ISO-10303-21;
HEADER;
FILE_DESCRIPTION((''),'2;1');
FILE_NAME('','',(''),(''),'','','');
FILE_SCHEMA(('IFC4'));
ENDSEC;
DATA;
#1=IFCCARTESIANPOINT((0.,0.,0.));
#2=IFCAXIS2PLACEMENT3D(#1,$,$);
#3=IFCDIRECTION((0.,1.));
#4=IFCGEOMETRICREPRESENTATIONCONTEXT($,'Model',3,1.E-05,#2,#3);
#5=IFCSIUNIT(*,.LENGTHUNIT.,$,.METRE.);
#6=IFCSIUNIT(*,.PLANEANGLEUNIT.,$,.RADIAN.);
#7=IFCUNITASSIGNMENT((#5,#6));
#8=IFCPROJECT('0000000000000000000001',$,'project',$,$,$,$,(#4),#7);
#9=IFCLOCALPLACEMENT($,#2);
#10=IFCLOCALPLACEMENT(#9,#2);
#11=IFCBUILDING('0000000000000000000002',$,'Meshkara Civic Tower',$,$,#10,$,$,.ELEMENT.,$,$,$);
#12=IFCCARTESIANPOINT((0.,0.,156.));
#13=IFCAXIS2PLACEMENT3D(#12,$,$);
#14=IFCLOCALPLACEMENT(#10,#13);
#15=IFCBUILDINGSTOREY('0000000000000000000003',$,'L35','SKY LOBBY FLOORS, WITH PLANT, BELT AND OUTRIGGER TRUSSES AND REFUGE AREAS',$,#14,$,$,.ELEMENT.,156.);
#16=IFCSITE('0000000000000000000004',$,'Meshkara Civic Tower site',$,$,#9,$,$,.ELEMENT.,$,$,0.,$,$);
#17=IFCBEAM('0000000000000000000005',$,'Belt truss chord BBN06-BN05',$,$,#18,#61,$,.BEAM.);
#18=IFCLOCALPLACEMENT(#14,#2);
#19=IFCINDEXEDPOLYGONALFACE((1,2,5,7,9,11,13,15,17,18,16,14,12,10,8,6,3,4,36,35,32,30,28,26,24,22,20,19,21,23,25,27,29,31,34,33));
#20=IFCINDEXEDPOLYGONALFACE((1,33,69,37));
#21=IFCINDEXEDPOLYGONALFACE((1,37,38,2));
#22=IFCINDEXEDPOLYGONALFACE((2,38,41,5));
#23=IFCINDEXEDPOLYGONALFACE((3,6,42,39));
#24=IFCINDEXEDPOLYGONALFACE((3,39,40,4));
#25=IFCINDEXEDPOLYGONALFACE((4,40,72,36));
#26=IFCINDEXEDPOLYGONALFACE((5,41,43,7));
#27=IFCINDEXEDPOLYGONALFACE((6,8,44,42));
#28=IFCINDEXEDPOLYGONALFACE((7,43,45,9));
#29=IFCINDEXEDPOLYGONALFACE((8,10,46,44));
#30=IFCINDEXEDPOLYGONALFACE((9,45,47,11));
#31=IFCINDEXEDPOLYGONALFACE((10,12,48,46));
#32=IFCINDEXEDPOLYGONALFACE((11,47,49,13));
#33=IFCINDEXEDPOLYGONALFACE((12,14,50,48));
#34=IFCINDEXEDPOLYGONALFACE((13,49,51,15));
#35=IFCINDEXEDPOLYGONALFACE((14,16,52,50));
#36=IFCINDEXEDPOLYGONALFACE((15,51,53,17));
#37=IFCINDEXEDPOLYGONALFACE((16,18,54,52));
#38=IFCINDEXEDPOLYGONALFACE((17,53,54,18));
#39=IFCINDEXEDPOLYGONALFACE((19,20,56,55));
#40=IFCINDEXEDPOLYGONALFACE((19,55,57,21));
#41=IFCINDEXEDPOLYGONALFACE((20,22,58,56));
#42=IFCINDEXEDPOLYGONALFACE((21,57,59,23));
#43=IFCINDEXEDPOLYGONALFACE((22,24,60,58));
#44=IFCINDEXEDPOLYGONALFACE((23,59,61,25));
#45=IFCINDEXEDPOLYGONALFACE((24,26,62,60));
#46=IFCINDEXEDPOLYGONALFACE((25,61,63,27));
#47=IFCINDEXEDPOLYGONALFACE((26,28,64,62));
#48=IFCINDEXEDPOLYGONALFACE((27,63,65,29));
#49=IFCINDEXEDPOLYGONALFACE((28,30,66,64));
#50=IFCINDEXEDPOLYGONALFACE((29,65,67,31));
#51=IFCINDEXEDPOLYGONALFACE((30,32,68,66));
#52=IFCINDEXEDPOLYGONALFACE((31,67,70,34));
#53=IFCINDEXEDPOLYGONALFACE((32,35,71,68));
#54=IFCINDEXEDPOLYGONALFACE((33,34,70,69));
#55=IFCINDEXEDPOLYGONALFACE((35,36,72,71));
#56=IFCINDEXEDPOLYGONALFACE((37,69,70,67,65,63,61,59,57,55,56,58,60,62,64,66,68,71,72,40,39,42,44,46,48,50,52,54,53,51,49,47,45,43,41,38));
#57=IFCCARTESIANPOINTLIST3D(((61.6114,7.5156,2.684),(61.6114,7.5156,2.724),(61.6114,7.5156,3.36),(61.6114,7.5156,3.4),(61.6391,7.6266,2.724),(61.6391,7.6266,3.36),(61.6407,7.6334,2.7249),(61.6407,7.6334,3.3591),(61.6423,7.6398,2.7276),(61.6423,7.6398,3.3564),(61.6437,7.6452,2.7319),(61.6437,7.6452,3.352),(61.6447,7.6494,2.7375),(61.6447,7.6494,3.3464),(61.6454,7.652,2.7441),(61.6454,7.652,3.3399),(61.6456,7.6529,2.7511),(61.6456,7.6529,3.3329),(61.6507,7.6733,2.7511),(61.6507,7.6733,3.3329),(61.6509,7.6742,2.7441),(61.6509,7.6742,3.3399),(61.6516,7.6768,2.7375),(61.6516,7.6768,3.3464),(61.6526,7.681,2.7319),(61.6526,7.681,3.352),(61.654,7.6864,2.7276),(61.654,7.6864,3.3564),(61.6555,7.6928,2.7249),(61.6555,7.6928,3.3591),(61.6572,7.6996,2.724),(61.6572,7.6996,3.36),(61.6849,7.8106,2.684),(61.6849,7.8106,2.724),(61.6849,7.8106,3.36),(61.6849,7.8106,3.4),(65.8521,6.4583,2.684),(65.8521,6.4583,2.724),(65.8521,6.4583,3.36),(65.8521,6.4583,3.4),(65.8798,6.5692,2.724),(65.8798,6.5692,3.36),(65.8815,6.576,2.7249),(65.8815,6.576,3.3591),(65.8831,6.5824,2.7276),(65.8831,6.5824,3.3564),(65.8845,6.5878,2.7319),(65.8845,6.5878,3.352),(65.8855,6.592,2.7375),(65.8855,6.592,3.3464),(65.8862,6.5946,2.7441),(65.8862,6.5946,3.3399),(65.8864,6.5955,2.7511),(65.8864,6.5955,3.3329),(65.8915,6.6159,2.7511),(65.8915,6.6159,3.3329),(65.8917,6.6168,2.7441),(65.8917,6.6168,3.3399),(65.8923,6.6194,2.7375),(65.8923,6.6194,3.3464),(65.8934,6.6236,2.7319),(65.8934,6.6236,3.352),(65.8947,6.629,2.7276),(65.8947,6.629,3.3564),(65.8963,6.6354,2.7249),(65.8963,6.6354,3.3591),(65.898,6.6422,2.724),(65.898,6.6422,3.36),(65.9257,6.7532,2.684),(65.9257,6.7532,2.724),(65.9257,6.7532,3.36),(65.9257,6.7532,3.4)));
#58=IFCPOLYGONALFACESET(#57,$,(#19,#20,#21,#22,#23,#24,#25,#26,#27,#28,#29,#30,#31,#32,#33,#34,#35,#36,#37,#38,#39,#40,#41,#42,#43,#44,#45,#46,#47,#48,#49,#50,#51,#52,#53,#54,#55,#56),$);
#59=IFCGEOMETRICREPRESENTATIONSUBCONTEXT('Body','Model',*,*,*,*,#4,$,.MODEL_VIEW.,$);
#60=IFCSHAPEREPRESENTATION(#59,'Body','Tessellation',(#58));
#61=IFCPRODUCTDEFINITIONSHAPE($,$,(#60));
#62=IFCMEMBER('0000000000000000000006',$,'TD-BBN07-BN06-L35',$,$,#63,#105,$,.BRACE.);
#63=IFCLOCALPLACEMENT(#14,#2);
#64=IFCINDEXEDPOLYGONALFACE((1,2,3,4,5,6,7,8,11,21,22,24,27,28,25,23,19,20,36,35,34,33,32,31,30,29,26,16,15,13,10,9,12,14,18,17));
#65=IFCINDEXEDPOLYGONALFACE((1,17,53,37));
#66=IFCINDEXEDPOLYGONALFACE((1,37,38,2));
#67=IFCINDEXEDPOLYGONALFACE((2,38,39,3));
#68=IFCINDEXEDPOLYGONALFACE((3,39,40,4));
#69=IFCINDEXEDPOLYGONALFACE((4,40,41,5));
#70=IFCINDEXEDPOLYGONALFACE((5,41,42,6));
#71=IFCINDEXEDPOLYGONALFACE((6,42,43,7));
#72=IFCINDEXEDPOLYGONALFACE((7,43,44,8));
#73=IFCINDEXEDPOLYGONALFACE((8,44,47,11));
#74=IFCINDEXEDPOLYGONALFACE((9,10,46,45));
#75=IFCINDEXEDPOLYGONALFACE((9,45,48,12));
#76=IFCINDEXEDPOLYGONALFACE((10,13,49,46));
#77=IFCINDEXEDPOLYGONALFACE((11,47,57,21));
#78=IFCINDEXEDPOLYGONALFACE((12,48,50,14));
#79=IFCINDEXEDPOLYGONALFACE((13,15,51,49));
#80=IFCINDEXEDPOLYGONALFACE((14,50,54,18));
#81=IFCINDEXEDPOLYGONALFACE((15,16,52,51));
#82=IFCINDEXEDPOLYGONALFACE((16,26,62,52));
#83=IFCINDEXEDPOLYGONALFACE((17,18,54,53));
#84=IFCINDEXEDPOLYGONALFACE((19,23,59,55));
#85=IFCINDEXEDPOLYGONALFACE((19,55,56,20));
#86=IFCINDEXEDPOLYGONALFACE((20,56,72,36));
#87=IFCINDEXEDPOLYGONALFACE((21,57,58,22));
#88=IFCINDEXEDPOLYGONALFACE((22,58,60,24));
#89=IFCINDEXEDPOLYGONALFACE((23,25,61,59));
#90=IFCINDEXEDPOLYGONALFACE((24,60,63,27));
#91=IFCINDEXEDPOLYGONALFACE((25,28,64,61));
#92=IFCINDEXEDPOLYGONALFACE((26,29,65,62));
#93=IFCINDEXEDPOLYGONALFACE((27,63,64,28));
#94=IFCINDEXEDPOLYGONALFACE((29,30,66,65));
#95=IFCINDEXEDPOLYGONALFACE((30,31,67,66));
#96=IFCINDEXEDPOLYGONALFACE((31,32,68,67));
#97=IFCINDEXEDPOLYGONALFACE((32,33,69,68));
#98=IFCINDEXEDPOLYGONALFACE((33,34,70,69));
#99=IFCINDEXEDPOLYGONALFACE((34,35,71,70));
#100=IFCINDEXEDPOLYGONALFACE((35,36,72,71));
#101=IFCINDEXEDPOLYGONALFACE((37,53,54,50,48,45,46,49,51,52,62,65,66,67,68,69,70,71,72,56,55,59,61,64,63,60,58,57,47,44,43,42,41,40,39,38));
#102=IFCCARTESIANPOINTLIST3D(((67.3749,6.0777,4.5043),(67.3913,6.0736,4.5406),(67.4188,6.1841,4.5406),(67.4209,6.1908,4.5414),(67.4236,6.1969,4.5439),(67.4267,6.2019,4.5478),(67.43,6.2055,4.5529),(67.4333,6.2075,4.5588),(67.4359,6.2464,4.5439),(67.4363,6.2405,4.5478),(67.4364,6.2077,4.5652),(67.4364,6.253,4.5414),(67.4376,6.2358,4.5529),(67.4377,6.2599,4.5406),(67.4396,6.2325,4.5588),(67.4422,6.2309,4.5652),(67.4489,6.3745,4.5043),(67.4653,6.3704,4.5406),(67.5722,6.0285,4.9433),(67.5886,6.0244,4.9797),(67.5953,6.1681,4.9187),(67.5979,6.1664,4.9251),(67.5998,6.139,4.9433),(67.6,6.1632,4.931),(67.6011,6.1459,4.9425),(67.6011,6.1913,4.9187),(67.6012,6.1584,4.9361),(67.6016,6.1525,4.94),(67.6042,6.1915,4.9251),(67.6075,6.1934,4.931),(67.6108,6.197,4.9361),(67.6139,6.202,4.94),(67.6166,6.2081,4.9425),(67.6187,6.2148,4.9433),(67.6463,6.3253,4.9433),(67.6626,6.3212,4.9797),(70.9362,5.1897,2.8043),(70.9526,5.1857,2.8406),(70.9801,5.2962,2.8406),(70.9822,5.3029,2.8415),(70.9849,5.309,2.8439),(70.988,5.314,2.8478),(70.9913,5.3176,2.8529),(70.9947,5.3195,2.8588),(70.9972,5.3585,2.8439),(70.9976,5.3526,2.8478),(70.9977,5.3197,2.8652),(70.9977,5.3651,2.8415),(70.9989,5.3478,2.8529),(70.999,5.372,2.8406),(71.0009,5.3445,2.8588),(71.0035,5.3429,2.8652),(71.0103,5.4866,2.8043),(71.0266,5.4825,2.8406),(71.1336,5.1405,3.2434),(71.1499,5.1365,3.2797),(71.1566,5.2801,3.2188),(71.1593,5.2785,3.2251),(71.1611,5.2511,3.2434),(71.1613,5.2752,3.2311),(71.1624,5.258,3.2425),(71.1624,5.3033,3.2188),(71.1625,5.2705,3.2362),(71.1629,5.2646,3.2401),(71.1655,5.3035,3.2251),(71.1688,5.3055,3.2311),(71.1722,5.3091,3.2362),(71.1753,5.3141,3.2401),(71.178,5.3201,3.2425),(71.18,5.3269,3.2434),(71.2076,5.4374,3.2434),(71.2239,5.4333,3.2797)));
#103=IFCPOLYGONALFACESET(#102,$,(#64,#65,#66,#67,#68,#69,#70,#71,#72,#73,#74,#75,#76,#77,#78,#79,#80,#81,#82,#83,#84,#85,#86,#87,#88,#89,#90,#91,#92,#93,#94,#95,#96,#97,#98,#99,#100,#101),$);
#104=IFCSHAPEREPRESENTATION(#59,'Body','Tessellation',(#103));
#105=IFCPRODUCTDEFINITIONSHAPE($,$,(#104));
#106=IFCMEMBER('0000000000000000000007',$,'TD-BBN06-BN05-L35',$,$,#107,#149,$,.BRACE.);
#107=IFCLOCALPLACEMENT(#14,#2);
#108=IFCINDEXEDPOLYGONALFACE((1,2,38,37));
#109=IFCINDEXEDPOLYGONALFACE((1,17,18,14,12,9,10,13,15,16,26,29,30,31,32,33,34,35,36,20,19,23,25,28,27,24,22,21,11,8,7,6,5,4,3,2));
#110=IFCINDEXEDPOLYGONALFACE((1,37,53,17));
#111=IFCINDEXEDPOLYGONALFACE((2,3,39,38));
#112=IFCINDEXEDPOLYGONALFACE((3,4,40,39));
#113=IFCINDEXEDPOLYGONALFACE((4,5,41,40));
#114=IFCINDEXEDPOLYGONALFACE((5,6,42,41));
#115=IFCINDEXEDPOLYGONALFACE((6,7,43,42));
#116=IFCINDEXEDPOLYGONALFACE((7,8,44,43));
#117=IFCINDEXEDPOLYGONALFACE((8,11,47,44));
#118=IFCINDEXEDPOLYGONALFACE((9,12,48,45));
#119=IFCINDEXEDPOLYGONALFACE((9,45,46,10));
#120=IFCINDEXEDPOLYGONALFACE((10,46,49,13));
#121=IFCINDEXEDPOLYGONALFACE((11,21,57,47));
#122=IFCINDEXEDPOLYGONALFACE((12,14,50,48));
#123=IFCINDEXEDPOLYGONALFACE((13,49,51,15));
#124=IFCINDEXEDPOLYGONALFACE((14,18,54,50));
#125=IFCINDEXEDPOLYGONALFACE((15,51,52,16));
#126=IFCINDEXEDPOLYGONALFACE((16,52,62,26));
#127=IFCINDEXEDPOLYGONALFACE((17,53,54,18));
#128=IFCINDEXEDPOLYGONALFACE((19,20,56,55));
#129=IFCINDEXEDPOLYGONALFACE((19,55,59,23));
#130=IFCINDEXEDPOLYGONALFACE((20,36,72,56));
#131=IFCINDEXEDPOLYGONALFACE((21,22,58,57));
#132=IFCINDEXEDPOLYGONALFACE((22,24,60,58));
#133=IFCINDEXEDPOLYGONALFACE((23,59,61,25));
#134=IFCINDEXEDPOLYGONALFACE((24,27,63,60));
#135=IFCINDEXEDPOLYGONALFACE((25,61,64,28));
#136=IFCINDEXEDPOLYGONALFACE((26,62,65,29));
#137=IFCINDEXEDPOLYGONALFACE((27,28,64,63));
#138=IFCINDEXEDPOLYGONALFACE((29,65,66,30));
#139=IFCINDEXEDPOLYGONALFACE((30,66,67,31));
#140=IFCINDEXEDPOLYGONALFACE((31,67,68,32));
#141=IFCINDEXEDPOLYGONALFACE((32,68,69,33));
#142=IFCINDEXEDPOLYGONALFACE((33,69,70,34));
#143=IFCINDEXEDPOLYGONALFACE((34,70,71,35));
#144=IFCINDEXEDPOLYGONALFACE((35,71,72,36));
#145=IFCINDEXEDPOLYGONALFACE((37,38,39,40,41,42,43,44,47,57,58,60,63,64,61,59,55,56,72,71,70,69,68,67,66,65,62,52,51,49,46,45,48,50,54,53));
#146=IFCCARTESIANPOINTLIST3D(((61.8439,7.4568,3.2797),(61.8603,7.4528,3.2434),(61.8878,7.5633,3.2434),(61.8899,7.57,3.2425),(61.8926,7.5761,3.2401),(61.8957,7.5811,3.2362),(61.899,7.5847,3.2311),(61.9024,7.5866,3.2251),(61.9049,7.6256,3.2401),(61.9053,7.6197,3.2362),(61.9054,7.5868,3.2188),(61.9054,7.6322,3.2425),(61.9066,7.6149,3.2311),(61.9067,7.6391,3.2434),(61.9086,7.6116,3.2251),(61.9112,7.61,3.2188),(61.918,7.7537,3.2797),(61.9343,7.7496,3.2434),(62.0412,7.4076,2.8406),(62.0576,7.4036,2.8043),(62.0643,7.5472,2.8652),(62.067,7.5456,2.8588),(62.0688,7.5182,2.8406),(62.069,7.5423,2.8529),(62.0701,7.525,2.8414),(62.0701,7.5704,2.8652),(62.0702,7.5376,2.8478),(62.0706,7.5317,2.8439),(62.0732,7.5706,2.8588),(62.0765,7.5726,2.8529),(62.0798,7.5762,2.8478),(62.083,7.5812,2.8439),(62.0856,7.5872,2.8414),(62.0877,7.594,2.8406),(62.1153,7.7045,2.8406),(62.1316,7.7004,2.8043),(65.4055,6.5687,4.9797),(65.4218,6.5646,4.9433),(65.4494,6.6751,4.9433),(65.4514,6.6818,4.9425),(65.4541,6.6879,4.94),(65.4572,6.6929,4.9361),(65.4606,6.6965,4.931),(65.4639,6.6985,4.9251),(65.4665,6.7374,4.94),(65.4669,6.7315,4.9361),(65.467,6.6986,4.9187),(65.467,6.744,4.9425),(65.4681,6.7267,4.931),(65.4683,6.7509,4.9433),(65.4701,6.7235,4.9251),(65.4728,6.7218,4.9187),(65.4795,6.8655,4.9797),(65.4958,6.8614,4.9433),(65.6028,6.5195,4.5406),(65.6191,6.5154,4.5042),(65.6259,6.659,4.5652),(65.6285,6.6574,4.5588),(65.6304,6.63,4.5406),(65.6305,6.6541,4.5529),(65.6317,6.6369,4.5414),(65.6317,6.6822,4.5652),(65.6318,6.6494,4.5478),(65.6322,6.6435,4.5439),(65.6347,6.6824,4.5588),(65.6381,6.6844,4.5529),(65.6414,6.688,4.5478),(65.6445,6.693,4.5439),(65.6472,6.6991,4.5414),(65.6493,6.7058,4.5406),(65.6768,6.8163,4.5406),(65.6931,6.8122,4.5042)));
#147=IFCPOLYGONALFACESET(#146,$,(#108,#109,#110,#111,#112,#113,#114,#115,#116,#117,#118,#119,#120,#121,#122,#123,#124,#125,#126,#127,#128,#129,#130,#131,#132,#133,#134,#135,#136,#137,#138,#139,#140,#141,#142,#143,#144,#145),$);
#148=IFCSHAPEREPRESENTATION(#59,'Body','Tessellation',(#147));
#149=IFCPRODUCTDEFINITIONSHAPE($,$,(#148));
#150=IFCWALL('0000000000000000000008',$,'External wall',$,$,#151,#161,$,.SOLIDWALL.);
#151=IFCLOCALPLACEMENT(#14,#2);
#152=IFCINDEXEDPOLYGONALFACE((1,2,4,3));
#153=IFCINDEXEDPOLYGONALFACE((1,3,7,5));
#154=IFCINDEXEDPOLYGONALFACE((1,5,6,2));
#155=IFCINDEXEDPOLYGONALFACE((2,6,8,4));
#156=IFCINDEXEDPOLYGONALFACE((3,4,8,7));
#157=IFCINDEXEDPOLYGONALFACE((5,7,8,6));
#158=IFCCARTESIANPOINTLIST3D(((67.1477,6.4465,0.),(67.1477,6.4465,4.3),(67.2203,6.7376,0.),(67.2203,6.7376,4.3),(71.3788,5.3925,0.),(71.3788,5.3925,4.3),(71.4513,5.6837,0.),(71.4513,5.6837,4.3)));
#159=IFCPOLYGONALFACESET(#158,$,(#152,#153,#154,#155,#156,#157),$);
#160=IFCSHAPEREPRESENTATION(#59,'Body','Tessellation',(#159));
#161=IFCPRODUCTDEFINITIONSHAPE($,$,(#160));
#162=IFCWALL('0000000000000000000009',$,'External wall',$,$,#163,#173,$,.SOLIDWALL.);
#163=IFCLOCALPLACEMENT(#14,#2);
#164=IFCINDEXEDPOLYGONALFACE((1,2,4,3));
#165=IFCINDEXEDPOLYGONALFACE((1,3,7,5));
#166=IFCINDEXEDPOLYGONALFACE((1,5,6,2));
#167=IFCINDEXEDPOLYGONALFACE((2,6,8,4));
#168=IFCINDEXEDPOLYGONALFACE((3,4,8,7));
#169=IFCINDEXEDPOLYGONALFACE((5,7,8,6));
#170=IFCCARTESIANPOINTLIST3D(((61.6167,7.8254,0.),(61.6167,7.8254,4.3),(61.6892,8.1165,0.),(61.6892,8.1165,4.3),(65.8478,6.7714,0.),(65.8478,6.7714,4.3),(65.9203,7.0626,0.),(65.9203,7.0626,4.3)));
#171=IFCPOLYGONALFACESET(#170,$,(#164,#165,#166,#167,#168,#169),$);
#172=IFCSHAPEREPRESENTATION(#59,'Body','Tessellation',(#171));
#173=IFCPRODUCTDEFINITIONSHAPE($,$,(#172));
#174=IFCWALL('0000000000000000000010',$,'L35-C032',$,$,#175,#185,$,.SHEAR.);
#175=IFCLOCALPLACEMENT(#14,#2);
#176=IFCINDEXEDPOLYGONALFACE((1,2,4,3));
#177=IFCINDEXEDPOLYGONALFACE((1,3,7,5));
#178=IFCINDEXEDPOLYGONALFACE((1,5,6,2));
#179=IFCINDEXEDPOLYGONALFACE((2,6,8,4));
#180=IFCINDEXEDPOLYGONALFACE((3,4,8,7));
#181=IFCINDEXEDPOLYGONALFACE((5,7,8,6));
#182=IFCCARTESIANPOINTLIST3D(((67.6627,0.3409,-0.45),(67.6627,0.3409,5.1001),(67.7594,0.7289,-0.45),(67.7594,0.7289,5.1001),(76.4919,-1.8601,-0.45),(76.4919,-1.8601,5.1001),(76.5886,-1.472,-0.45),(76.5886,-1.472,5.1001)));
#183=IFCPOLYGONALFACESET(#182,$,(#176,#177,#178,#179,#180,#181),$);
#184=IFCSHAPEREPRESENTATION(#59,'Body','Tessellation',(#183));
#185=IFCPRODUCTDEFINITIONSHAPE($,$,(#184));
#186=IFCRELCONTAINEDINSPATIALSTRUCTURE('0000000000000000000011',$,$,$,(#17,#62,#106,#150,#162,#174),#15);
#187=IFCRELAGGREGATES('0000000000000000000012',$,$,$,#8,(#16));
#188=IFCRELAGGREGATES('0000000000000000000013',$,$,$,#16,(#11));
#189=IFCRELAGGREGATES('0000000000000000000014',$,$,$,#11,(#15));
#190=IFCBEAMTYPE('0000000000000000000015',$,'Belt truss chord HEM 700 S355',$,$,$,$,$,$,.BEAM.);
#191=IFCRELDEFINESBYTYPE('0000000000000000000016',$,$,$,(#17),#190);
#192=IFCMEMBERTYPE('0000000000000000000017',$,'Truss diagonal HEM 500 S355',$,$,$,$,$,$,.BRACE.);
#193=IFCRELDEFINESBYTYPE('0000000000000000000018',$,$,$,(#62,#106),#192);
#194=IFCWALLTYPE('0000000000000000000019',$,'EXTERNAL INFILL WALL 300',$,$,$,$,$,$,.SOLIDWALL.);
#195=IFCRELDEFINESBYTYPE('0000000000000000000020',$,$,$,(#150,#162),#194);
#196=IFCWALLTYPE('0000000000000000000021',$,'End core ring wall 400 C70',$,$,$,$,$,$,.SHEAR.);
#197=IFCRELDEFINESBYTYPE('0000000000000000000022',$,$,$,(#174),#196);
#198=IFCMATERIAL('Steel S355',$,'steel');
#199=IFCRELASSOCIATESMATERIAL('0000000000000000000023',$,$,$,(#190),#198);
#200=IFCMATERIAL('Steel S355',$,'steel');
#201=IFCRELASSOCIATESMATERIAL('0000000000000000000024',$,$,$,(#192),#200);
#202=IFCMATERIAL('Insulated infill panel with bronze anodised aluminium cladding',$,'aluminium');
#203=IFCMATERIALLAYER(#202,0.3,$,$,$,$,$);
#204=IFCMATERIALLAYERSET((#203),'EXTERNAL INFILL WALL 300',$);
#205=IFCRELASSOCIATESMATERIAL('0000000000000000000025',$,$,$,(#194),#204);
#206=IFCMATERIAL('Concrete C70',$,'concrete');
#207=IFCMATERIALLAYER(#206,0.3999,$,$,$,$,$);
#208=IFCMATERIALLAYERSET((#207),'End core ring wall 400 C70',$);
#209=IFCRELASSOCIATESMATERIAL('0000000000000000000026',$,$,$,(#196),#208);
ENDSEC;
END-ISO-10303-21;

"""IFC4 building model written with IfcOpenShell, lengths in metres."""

from ifc_helpers import new_model, si_unit, direction, frame, frame_2d, origin, origin_2d, place, context, subcontext, project, spatial, rectangle, i_section, extrude, material, layer, layer_set, material_profile, profile_set, type_object, element, save


model = new_model("IFC4")

# Units and contexts
model_context = context("Model", 3, precision=1e-05, world=origin(), true_north=direction((0.0, 1.0)))
body_context = subcontext(model_context, "Body", "Model", "MODEL_VIEW")
ifc_project = project(units=[si_unit("LENGTHUNIT", "METRE"), si_unit("PLANEANGLEUNIT", "RADIAN")], contexts=[model_context])

# Site, building, storey
site_placement = place(None, origin())
site = spatial("IfcSite", under=ifc_project, at=site_placement, Name="Meshkara Civic Tower site", CompositionType="ELEMENT", RefElevation=0.0)
building_placement = place(site_placement, origin())
building = spatial("IfcBuilding", under=site, at=building_placement, Name="Meshkara Civic Tower", CompositionType="ELEMENT")
storey_placement = place(building_placement, frame((0.0, 0.0, 156.0)))
storey = spatial("IfcBuildingStorey", under=building, at=storey_placement, Name="L35", Description="SKY LOBBY FLOORS, WITH PLANT, BELT AND OUTRIGGER TRUSSES AND REFUGE AREAS", CompositionType="ELEMENT", Elevation=156.0)

# Beam
ifc_material_1 = material(Name="Steel S355", Category="steel")
ifc_material_profile_1 = material_profile(ifc_material_1, i_section(OverallWidth=0.304, OverallDepth=0.7161, WebThickness=0.021, FlangeThickness=0.04, FilletRadius=0.0271, at=origin_2d()))
ifc_profile_set_1 = profile_set([ifc_material_profile_1], Name="Steel S355")
beam_type = type_object("IfcBeamType", Name="Belt truss chord HEM 700 S355", PredefinedType="BEAM", material=ifc_profile_set_1)
for number, where, z_axis, x_axis, name in (
    (1, (65.8889, 6.6057, 3.042), (-0.970293, 0.241931, 0.0), (-0.241931, -0.970293, 0.0), "Belt truss chord BBN06-BN05"),
):
    element("IfcBeam", number, at=place(storey_placement, frame(where, z_axis=z_axis, x_axis=x_axis)), inside=storey, type_object=beam_type, Name=name, PredefinedType="BEAM", context=body_context, shape_type="SweptSolid", body=[
        extrude(i_section(OverallWidth=0.304, OverallDepth=0.7161, WebThickness=0.021, FlangeThickness=0.04, FilletRadius=0.0271, at=origin_2d()), origin(), (0.0, 0.0, 1.0), 4.3706),
    ])

# Members
ifc_material_2 = material(Name="Steel S355", Category="steel")
ifc_material_profile_2 = material_profile(ifc_material_2, i_section(OverallWidth=0.3059, OverallDepth=0.5239, WebThickness=0.0239, FlangeThickness=0.04, FilletRadius=0.0271, at=origin_2d()))
ifc_profile_set_2 = profile_set([ifc_material_profile_2], Name="Steel S355")
member_type = type_object("IfcMemberType", Name="Truss diagonal HEM 500 S355", PredefinedType="BRACE", material=ifc_profile_set_2)
member_1_placement = place(storey_placement, frame((71.0801, 5.3115, 3.042), z_axis=(-0.880443, 0.219522, 0.420273), x_axis=(-0.241925, -0.970295, 0.0)))
element("IfcMember", 2, at=member_1_placement, inside=storey, type_object=member_type, Name="TD-BBN07-BN06-L35", PredefinedType="BRACE", context=body_context, shape_type="SweptSolid", body=[
    extrude(i_section(OverallWidth=0.3059, OverallDepth=0.5239, WebThickness=0.0239, FlangeThickness=0.04, FilletRadius=0.0271, at=origin_2d()), origin(), (0.0, 0.0, 1.0), 4.0449),
])
member_2_placement = place(storey_placement, frame((65.5493, 6.6904, 4.7419), z_axis=(-0.880445, 0.219568, -0.420245), x_axis=(-0.241972, -0.970283, 0.0)))
element("IfcMember", 3, at=member_2_placement, inside=storey, type_object=member_type, Name="TD-BBN06-BN05-L35", PredefinedType="BRACE", context=body_context, shape_type="SweptSolid", body=[
    extrude(i_section(OverallWidth=0.3059, OverallDepth=0.5239, WebThickness=0.0239, FlangeThickness=0.04, FilletRadius=0.0271, at=origin_2d()), origin(), (0.0, 0.0, 1.0), 4.0452),
])

# Walls
ifc_material_3 = material(Name="Insulated infill panel with bronze anodised aluminium cladding", Category="aluminium")
ifc_layer_1 = layer(ifc_material_3, 0.3)
ifc_layer_set_1 = layer_set([ifc_layer_1], Name="EXTERNAL INFILL WALL 300")
wall_type_1 = type_object("IfcWallType", Name="EXTERNAL INFILL WALL 300", PredefinedType="SOLIDWALL", material=ifc_layer_set_1)
for number, where, z_axis, x_axis, name in (
    (4, (71.415, 5.5381, 0.0), (0.0, 0.0, 1.0), (-0.970346, 0.241719, 0.0), "External wall"),
    (5, (65.884, 6.917, 0.0), (0.0, 0.0, 1.0), (-0.970346, 0.241719, 0.0), "External wall"),
):
    element("IfcWall", number, at=place(storey_placement, frame(where, z_axis=z_axis, x_axis=x_axis)), inside=storey, type_object=wall_type_1, Name=name, PredefinedType="SOLIDWALL", context=body_context, shape_type="SweptSolid", body=[
        extrude(rectangle(XDim=4.3604, YDim=0.3, at=frame_2d((2.1802, 0.0))), origin(), (0.0, 0.0, 1.0), 4.3),
    ])
ifc_material_4 = material(Name="Concrete C70", Category="concrete")
ifc_layer_2 = layer(ifc_material_4, 0.3999)
ifc_layer_set_2 = layer_set([ifc_layer_2], Name="End core ring wall 400 C70")
wall_type_2 = type_object("IfcWallType", Name="End core ring wall 400 C70", PredefinedType="SHEAR", material=ifc_layer_set_2)
wall_1_placement = place(storey_placement, frame((67.7109, 0.5349, -0.45), z_axis=(0.0, 0.0, 1.0), x_axis=(0.970306, -0.241879, 0.0)))
element("IfcWall", 6, at=wall_1_placement, inside=storey, type_object=wall_type_2, Name="L35-C032", PredefinedType="SHEAR", context=body_context, shape_type="SweptSolid", body=[
    extrude(rectangle(XDim=9.0994, YDim=0.3999, at=frame_2d((4.5498, 0.0))), origin(), (0.0, 0.0, 1.0), 5.55),
])

save(model, "model.ifc")
